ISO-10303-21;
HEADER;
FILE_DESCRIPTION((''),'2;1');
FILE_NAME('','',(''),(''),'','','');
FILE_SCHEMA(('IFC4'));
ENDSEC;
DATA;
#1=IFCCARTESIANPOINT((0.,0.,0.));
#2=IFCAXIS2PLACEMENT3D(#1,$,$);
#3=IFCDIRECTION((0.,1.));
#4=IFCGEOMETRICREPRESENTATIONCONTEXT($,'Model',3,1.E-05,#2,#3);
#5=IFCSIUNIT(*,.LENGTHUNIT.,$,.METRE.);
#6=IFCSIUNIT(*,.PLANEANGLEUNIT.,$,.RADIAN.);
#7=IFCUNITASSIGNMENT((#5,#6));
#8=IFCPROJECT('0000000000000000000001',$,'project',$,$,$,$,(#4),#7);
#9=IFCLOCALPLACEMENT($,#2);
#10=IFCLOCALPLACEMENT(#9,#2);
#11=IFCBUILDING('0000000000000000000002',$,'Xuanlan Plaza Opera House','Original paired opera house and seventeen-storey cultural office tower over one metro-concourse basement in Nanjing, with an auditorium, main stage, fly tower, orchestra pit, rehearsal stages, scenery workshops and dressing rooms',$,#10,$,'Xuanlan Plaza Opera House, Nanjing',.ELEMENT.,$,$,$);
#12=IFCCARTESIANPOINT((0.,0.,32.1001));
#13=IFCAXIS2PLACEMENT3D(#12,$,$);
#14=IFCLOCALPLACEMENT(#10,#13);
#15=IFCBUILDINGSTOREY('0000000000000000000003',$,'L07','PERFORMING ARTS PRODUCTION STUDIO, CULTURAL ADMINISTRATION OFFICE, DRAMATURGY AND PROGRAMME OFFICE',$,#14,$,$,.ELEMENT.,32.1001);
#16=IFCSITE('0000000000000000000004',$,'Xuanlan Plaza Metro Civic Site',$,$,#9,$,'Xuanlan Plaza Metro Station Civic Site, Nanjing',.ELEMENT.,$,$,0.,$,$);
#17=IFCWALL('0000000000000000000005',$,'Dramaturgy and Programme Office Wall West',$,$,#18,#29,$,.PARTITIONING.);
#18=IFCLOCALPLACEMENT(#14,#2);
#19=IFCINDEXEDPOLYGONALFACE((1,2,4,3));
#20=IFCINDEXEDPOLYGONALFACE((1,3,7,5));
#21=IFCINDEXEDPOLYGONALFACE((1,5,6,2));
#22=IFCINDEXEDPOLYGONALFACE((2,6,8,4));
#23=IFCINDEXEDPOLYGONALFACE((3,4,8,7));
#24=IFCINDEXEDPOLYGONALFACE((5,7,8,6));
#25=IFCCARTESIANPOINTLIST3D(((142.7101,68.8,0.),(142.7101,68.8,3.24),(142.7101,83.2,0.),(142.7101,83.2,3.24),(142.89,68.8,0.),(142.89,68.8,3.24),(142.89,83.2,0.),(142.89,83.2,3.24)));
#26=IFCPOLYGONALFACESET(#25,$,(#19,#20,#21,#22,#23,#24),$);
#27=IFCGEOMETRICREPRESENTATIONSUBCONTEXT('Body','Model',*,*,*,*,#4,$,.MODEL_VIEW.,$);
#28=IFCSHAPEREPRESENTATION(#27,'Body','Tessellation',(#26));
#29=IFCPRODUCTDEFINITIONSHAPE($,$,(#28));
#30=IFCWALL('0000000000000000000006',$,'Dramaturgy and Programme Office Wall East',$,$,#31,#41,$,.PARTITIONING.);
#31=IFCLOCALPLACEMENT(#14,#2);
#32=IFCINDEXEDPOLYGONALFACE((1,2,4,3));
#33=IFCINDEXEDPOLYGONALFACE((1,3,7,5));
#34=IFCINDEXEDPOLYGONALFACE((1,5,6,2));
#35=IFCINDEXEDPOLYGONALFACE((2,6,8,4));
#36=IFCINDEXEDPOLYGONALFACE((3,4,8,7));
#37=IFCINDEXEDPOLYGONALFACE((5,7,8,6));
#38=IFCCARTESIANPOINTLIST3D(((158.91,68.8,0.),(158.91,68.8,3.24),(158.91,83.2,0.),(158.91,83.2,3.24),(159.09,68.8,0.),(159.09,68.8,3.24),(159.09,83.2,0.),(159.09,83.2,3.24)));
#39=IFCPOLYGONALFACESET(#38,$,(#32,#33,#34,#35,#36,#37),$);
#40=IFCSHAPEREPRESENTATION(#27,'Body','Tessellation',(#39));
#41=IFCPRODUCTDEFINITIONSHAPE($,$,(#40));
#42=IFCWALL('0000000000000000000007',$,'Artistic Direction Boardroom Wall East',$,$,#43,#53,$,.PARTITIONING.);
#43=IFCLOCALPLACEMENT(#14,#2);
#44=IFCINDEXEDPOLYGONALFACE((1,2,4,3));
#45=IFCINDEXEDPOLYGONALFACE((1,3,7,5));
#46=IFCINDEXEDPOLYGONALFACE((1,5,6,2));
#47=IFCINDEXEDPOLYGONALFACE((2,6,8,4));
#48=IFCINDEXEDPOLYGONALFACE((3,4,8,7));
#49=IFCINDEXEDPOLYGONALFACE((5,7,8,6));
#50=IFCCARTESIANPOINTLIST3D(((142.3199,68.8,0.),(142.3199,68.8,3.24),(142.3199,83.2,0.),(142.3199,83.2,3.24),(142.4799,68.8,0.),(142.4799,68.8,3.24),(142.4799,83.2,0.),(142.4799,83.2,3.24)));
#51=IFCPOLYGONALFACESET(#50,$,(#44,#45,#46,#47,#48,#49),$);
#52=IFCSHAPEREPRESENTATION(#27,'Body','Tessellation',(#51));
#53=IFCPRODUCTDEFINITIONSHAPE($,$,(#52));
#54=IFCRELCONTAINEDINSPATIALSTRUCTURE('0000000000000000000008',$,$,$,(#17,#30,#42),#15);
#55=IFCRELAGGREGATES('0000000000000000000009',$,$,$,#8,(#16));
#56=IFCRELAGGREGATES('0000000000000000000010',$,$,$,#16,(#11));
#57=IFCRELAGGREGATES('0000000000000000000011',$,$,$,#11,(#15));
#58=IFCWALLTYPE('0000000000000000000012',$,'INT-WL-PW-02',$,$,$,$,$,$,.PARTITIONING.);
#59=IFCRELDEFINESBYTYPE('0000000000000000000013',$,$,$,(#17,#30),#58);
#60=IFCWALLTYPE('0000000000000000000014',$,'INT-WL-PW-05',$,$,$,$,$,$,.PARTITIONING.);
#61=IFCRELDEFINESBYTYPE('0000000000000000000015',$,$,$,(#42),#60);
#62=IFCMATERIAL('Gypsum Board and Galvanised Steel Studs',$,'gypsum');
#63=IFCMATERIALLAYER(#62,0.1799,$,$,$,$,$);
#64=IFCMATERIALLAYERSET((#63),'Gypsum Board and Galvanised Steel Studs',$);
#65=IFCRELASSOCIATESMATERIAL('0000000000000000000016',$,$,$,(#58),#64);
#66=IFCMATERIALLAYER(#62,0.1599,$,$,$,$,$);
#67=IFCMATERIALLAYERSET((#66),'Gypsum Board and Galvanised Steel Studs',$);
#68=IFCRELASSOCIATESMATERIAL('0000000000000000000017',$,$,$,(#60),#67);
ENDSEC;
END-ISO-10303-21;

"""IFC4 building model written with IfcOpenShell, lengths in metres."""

from ifc_helpers import new_model, si_unit, direction, frame, frame_2d, origin, place, context, subcontext, project, spatial, rectangle, extrude, material, layer, layer_set, type_object, element, save


model = new_model("IFC4")

# Units and contexts
model_context = context("Model", 3, precision=1e-05, world=origin(), true_north=direction((0.0, 1.0)))
body_context = subcontext(model_context, "Body", "Model", "MODEL_VIEW")
ifc_project = project(units=[si_unit("LENGTHUNIT", "METRE"), si_unit("PLANEANGLEUNIT", "RADIAN")], contexts=[model_context])

# Site, building, storey
site_placement = place(None, origin())
site = spatial("IfcSite", under=ifc_project, at=site_placement, Name="Xuanlan Plaza Metro Civic Site", LongName="Xuanlan Plaza Metro Station Civic Site, Nanjing", CompositionType="ELEMENT", RefElevation=0.0)
building_placement = place(site_placement, origin())
building = spatial("IfcBuilding", under=site, at=building_placement, Name="Xuanlan Plaza Opera House", Description="Original paired opera house and seventeen-storey cultural office tower over one metro-concourse basement in Nanjing, with an auditorium, main stage, fly tower, orchestra pit, rehearsal stages, scenery workshops and dressing rooms", LongName="Xuanlan Plaza Opera House, Nanjing", CompositionType="ELEMENT")
storey_placement = place(building_placement, frame((0.0, 0.0, 32.1001)))
storey = spatial("IfcBuildingStorey", under=building, at=storey_placement, Name="L07", Description="PERFORMING ARTS PRODUCTION STUDIO, CULTURAL ADMINISTRATION OFFICE, DRAMATURGY AND PROGRAMME OFFICE", CompositionType="ELEMENT", Elevation=32.1001)

# Shared definitions
ifc_material_1 = material(Name="Gypsum Board and Galvanised Steel Studs", Category="gypsum")
ifc_layer_1 = layer(ifc_material_1, 0.1799)
ifc_layer_set_1 = layer_set([ifc_layer_1], Name="Gypsum Board and Galvanised Steel Studs")
wall_type_1 = type_object("IfcWallType", Name="INT-WL-PW-02", PredefinedType="PARTITIONING", material=ifc_layer_set_1)

# Walls
for number, where, z_axis, x_axis, name in (
    (1, (142.8, 68.8, 0.0), (0.0, 0.0, 1.0), (0.0, 1.0, 0.0), "Dramaturgy and Programme Office Wall West"),
    (2, (159.0, 68.8, 0.0), (0.0, 0.0, 1.0), (0.0, 1.0, 0.0), "Dramaturgy and Programme Office Wall East"),
):
    element("IfcWall", number, at=place(storey_placement, frame(where, z_axis=z_axis, x_axis=x_axis)), inside=storey, type_object=wall_type_1, Name=name, PredefinedType="PARTITIONING", context=body_context, shape_type="SweptSolid", body=[
        extrude(rectangle(XDim=14.3999, YDim=0.1799, at=frame_2d((7.2, 0.0))), origin(), (0.0, 0.0, 1.0), 3.24),
    ])
ifc_layer_2 = layer(ifc_material_1, 0.1599)
ifc_layer_set_2 = layer_set([ifc_layer_2], Name="Gypsum Board and Galvanised Steel Studs")
wall_type_2 = type_object("IfcWallType", Name="INT-WL-PW-05", PredefinedType="PARTITIONING", material=ifc_layer_set_2)
wall_1_placement = place(storey_placement, frame((142.3999, 68.8, 0.0), z_axis=(0.0, 0.0, 1.0), x_axis=(0.0, 1.0, 0.0)))
element("IfcWall", 3, at=wall_1_placement, inside=storey, type_object=wall_type_2, Name="Artistic Direction Boardroom Wall East", PredefinedType="PARTITIONING", context=body_context, shape_type="SweptSolid", body=[
    extrude(rectangle(XDim=14.3999, YDim=0.1599, at=frame_2d((7.2, 0.0))), origin(), (0.0, 0.0, 1.0), 3.24),
])

save(model, "model.ifc")
